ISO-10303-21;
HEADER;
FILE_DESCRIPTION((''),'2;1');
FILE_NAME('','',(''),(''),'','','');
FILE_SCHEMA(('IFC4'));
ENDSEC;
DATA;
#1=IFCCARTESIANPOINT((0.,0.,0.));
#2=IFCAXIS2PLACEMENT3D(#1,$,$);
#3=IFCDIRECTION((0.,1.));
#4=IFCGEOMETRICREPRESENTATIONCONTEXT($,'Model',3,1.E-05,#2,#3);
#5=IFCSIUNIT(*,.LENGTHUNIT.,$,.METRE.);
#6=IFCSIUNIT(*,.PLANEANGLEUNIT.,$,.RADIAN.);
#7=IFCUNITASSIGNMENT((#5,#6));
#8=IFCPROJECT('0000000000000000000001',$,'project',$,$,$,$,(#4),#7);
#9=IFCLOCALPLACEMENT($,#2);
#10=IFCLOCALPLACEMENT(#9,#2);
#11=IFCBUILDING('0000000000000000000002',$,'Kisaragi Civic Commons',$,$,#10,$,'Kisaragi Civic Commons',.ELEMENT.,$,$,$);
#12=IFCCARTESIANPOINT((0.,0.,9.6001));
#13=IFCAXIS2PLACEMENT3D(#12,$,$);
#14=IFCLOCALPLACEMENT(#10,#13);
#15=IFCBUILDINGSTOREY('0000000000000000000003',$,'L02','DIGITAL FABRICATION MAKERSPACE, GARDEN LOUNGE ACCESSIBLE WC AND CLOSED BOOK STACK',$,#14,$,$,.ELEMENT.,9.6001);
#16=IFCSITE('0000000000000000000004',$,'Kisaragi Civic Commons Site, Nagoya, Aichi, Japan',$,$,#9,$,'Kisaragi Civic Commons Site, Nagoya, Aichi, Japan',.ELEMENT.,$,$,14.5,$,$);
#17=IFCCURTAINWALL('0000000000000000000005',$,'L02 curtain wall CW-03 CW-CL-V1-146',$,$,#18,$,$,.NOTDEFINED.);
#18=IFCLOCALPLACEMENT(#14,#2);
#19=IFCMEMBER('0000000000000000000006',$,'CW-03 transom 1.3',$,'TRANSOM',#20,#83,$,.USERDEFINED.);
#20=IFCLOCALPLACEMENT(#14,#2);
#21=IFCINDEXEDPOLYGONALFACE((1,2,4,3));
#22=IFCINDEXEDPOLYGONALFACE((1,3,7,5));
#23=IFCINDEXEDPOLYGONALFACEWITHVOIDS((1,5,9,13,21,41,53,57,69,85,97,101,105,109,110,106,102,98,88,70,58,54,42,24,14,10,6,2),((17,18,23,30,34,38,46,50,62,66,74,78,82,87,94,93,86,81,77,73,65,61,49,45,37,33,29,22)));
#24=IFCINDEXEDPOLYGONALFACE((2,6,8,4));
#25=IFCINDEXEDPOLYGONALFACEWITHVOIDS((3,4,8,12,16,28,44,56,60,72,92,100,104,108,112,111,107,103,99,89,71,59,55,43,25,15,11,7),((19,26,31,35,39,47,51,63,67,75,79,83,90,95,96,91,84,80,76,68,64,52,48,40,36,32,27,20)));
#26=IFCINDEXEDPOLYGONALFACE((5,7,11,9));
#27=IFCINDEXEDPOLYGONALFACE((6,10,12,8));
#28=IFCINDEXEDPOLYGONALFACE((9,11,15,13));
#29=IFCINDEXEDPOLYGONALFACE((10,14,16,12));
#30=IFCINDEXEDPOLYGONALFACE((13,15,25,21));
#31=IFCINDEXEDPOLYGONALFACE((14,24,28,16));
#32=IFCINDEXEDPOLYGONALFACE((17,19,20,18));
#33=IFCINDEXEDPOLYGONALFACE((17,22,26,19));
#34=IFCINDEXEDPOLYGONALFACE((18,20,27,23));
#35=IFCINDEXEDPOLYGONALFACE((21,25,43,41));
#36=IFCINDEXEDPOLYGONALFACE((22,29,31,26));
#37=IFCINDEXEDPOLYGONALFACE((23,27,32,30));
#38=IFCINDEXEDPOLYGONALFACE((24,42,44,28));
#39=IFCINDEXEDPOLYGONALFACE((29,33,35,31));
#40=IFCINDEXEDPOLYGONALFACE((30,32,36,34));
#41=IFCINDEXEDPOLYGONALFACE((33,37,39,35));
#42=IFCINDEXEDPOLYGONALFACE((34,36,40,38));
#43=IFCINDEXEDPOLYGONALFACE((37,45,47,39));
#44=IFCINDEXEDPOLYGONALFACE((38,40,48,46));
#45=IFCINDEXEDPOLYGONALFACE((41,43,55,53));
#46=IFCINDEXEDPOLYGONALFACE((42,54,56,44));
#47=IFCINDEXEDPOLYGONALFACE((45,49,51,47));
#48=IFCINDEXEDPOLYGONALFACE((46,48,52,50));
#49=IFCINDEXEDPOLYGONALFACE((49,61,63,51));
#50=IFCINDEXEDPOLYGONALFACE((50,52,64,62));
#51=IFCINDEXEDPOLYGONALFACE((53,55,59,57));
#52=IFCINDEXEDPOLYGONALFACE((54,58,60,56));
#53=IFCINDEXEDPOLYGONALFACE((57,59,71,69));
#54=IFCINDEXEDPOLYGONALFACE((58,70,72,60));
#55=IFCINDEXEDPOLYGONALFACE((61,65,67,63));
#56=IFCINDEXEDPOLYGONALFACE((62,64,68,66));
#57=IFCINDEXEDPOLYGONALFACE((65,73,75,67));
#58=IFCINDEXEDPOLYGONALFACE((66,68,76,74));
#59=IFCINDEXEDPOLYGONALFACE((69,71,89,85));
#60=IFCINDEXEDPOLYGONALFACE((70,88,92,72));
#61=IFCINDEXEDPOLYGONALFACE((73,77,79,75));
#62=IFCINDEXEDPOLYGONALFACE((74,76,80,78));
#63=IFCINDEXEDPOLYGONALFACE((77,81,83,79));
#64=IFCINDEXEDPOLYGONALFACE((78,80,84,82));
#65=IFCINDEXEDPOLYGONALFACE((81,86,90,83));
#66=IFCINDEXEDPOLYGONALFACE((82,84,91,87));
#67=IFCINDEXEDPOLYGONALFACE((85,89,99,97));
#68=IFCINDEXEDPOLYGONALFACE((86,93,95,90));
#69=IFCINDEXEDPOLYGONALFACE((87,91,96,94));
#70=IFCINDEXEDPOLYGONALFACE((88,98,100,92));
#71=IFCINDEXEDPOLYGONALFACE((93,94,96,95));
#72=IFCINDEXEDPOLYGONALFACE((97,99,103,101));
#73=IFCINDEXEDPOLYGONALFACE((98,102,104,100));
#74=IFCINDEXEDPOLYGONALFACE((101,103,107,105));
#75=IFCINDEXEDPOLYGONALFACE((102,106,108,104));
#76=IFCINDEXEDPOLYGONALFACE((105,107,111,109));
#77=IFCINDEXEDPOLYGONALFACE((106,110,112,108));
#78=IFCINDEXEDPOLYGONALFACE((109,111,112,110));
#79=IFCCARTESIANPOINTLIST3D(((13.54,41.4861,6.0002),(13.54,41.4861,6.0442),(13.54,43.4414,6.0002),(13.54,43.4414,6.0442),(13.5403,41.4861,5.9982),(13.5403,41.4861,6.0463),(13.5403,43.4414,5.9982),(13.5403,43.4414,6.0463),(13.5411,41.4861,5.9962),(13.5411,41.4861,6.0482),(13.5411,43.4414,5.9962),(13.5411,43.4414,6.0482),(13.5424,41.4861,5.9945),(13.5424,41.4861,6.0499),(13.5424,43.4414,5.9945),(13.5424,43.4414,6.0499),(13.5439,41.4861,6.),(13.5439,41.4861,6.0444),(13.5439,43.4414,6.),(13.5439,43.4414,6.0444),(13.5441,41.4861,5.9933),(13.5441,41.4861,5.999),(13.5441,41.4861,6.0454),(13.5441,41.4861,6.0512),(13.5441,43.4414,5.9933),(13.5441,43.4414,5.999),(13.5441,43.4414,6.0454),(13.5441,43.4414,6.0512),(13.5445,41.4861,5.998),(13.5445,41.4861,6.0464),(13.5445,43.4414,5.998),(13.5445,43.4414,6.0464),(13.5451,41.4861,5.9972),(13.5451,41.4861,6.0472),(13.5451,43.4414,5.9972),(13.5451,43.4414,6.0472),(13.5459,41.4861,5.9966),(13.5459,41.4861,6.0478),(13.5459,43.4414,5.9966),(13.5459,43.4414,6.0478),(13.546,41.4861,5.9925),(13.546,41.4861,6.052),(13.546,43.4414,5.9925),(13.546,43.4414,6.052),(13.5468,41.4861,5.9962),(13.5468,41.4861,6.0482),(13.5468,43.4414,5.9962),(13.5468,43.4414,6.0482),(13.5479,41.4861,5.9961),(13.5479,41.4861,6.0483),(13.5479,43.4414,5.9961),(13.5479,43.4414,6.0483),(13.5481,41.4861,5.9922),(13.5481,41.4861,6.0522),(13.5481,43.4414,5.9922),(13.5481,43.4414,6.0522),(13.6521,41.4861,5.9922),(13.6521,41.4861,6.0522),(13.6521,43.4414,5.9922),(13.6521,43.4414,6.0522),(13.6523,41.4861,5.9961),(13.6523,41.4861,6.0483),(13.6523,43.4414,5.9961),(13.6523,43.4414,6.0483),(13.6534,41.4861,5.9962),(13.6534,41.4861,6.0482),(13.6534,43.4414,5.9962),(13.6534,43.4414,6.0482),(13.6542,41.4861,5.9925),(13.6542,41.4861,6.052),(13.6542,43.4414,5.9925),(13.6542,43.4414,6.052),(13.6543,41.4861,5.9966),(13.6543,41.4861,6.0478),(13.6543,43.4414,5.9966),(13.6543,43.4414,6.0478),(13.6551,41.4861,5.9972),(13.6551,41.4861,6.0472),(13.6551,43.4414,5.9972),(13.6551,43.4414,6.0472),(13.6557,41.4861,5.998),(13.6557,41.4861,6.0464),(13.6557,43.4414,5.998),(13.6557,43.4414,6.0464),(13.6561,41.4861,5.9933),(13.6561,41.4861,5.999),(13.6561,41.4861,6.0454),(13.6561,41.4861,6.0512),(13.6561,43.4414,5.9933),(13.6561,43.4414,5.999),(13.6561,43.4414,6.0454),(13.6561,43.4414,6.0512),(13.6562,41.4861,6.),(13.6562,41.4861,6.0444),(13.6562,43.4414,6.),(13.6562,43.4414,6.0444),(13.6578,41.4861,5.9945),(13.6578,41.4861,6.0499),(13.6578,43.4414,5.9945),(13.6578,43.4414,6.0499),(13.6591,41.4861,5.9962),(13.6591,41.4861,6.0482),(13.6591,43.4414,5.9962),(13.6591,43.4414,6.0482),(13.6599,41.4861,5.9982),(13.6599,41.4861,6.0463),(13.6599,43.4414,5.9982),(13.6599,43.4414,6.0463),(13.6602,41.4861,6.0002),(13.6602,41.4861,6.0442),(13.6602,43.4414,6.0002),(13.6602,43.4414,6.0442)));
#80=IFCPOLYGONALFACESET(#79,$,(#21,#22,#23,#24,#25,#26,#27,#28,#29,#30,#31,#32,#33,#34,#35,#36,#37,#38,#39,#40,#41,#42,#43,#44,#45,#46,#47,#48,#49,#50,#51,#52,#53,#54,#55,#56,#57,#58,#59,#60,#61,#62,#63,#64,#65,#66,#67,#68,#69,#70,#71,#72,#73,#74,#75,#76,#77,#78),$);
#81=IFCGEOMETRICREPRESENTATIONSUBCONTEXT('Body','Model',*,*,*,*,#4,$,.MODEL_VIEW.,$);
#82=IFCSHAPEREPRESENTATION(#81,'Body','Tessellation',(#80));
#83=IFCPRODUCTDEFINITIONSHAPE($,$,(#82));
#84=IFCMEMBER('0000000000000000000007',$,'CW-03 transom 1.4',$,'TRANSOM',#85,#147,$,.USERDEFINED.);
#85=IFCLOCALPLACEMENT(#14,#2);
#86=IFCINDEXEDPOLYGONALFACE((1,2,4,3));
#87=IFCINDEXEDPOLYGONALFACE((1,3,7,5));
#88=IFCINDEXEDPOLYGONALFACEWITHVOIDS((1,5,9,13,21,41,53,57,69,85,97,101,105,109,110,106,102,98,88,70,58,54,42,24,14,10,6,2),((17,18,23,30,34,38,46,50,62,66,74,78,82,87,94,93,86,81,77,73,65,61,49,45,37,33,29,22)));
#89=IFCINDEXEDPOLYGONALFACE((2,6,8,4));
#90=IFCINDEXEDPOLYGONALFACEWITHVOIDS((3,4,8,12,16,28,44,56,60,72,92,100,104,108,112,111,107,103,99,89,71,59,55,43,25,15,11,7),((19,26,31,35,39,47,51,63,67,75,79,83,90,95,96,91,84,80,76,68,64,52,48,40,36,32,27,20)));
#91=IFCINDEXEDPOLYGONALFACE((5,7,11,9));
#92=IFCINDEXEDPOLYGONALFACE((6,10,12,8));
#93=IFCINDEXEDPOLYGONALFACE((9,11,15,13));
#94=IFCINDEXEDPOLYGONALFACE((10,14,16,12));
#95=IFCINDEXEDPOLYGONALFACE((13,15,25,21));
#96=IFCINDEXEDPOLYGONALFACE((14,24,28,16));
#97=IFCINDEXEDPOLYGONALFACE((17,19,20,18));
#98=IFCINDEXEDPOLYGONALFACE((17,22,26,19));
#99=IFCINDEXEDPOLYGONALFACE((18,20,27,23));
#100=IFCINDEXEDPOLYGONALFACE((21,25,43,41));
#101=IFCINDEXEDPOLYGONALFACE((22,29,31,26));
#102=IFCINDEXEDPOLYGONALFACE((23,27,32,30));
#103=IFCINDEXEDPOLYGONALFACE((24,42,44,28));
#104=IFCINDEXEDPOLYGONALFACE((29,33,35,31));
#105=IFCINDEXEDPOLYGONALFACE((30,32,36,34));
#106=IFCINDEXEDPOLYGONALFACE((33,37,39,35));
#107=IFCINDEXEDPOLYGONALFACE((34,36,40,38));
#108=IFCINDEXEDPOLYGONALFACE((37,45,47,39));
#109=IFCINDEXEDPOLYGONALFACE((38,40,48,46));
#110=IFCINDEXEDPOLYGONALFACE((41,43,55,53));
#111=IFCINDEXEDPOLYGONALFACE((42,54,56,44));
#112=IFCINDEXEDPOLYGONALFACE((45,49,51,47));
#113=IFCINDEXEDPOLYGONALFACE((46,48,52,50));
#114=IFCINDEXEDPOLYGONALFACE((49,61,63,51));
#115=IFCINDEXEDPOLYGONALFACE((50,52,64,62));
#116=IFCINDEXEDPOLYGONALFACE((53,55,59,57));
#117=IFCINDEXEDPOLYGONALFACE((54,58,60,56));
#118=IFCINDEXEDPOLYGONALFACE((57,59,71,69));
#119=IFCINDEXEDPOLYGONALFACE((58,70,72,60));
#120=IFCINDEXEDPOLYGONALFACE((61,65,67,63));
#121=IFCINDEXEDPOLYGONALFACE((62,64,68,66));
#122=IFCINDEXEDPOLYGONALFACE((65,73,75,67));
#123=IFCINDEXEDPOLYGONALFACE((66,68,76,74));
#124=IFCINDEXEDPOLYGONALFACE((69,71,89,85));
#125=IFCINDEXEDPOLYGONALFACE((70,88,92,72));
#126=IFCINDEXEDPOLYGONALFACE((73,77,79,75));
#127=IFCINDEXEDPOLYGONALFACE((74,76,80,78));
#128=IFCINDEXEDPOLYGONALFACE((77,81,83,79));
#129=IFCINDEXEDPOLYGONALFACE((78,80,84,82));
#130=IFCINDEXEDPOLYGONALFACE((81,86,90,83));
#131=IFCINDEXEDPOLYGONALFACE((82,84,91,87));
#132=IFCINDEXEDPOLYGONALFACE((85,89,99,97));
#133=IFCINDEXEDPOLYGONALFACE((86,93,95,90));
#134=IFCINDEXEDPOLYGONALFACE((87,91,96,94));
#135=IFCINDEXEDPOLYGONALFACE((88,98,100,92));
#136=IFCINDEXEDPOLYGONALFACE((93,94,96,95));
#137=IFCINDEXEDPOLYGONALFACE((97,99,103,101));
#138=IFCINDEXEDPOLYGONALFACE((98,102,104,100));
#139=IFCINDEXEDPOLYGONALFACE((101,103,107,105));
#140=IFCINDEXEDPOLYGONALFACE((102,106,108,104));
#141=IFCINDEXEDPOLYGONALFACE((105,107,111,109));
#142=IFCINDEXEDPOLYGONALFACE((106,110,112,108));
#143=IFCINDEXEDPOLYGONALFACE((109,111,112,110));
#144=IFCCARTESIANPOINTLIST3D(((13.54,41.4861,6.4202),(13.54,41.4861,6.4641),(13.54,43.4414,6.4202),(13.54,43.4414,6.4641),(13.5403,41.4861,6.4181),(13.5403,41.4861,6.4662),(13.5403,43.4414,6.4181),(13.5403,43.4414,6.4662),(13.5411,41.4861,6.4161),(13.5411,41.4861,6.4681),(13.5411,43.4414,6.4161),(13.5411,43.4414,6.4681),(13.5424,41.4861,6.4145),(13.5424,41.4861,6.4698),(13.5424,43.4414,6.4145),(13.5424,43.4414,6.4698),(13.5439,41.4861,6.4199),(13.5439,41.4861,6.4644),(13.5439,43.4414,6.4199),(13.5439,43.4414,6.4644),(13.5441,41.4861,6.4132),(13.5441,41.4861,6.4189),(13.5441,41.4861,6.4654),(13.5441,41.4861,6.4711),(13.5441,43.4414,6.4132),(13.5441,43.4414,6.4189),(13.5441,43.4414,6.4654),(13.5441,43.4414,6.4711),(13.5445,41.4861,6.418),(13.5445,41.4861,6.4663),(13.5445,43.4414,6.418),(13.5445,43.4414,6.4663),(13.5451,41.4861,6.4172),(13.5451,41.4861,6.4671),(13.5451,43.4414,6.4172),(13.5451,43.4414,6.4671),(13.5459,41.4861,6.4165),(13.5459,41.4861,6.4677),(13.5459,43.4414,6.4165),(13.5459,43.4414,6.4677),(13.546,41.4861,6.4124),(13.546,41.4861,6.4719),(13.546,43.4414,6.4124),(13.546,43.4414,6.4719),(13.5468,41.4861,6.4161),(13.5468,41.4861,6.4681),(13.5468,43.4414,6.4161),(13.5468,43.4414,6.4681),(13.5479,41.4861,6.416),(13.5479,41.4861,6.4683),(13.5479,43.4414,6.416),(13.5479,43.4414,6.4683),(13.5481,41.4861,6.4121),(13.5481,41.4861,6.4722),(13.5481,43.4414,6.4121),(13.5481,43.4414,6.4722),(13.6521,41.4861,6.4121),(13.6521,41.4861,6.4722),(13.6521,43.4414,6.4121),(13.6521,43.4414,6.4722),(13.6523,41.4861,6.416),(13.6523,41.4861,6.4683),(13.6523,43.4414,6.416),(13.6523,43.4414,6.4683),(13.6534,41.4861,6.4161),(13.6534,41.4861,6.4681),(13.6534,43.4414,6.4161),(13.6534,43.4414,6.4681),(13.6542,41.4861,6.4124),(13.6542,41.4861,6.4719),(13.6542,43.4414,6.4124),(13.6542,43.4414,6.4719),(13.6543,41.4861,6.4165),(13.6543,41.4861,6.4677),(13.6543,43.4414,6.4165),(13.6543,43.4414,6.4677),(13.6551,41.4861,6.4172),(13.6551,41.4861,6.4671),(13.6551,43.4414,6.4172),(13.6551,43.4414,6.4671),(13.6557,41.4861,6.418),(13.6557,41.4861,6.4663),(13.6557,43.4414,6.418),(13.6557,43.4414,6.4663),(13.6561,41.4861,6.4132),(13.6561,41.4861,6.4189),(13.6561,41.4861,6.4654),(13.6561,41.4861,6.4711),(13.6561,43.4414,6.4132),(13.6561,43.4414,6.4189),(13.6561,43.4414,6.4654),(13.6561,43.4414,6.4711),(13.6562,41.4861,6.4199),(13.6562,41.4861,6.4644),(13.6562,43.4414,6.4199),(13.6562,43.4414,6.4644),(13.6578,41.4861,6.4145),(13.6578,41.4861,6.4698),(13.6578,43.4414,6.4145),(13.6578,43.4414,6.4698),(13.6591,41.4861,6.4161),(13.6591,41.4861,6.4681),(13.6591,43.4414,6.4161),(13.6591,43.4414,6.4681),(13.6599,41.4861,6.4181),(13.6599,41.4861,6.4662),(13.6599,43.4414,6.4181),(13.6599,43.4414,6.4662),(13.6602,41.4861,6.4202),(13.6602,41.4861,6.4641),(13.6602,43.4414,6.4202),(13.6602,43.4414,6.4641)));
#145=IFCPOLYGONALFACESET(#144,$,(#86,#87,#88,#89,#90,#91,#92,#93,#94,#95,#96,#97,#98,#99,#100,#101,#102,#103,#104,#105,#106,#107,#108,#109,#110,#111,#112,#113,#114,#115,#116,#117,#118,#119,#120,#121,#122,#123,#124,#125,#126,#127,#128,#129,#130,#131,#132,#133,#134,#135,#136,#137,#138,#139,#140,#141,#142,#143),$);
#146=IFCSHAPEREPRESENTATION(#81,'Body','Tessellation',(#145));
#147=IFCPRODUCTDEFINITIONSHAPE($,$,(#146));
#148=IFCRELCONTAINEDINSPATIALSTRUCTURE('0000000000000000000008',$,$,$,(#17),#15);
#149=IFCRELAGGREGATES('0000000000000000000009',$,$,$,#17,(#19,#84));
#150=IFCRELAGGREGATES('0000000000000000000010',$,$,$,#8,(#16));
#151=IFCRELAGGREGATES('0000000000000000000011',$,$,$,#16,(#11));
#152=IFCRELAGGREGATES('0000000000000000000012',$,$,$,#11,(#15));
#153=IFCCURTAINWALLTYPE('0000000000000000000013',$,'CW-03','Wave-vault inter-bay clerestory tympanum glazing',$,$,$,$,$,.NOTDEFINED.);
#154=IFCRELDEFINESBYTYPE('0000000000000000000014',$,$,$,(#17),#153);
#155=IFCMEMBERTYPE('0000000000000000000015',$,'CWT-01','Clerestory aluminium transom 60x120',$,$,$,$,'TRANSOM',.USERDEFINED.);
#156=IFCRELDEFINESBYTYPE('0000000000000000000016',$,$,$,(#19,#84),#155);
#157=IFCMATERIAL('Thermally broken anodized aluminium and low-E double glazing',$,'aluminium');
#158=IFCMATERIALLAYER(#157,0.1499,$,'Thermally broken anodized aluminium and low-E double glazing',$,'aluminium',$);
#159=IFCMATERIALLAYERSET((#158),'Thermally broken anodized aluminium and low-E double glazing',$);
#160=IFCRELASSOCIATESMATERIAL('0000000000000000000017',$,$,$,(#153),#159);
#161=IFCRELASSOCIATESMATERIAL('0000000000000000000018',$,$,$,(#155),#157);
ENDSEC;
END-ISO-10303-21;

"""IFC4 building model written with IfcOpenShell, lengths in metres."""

from ifc_helpers import new_model, si_unit, direction, frame, origin, origin_2d, place, context, subcontext, project, spatial, hollow_rectangle, extrude, material, layer, layer_set, material_profile, profile_set, type_object, element, aggregate, save


model = new_model("IFC4")

# Units and contexts
model_context = context("Model", 3, precision=1e-05, world=origin(), true_north=direction((0.0, 1.0)))
body_context = subcontext(model_context, "Body", "Model", "MODEL_VIEW")
ifc_project = project(units=[si_unit("LENGTHUNIT", "METRE"), si_unit("PLANEANGLEUNIT", "RADIAN")], contexts=[model_context])

# Site, building, storey
site_placement = place(None, origin())
site = spatial("IfcSite", under=ifc_project, at=site_placement, Name="Kisaragi Civic Commons Site, Nagoya, Aichi, Japan", LongName="Kisaragi Civic Commons Site, Nagoya, Aichi, Japan", CompositionType="ELEMENT", RefElevation=14.5)
building_placement = place(site_placement, origin())
building = spatial("IfcBuilding", under=site, at=building_placement, Name="Kisaragi Civic Commons", LongName="Kisaragi Civic Commons", CompositionType="ELEMENT")
storey_placement = place(building_placement, frame((0.0, 0.0, 9.6001)))
storey = spatial("IfcBuildingStorey", under=building, at=storey_placement, Name="L02", Description="DIGITAL FABRICATION MAKERSPACE, GARDEN LOUNGE ACCESSIBLE WC AND CLOSED BOOK STACK", CompositionType="ELEMENT", Elevation=9.6001)

# Shared definitions
ifc_material_1 = material(Name="Thermally broken anodized aluminium and low-E double glazing", Category="aluminium")
ifc_layer_1 = layer(ifc_material_1, 0.1499, Name="Thermally broken anodized aluminium and low-E double glazing", Category="aluminium")
ifc_layer_set_1 = layer_set([ifc_layer_1], Name="Thermally broken anodized aluminium and low-E double glazing")
curtain_wall_type = type_object("IfcCurtainWallType", Name="CW-03", Description="Wave-vault inter-bay clerestory tympanum glazing", PredefinedType="NOTDEFINED", material=ifc_layer_set_1)

# Curtain wall
curtain_wall_1_placement = place(storey_placement, origin())
curtain_wall_1 = element("IfcCurtainWall", 1, at=curtain_wall_1_placement, inside=storey, type_object=curtain_wall_type, Name="L02 curtain wall CW-03 CW-CL-V1-146", PredefinedType="NOTDEFINED")

# Members
ifc_material_profile_1 = material_profile(ifc_material_1, hollow_rectangle(XDim=0.1201, YDim=0.0601, WallThickness=0.0039, InnerFilletRadius=0.0039, OuterFilletRadius=0.0081, at=origin_2d()), Name="CWT-60x120x4", Category="aluminium")
ifc_profile_set_1 = profile_set([ifc_material_profile_1], Name="Thermally broken anodized aluminium and low-E double glazing")
member_type_1 = type_object("IfcMemberType", Name="CWT-01", Description="Clerestory aluminium transom 60x120", ElementType="TRANSOM", PredefinedType="USERDEFINED", material=ifc_profile_set_1)
member_1_placement = place(storey_placement, frame((13.6001, 41.4861, 6.0222), z_axis=(0.0, 1.0, 0.0), x_axis=(-1.0, 0.0, 0.0)))
member_1 = element("IfcMember", 2, at=member_1_placement, type_object=member_type_1, Name="CW-03 transom 1.3", ObjectType="TRANSOM", PredefinedType="USERDEFINED", context=body_context, shape_type="SweptSolid", body=[
    extrude(hollow_rectangle(XDim=0.1201, YDim=0.0601, WallThickness=0.0039, InnerFilletRadius=0.0039, OuterFilletRadius=0.0081, at=origin_2d()), origin(), (0.0, 0.0, 1.0), 1.9553),
])
member_2_placement = place(storey_placement, frame((13.6001, 41.4861, 6.4421), z_axis=(0.0, 1.0, 0.0), x_axis=(-1.0, 0.0, 0.0)))
member_2 = element("IfcMember", 3, at=member_2_placement, type_object=member_type_1, Name="CW-03 transom 1.4", ObjectType="TRANSOM", PredefinedType="USERDEFINED", context=body_context, shape_type="SweptSolid", body=[
    extrude(hollow_rectangle(XDim=0.1201, YDim=0.0601, WallThickness=0.0039, InnerFilletRadius=0.0039, OuterFilletRadius=0.0081, at=origin_2d()), origin(), (0.0, 0.0, 1.0), 1.9553),
])

aggregate(curtain_wall_1, [member_1, member_2])

save(model, "model.ifc")
